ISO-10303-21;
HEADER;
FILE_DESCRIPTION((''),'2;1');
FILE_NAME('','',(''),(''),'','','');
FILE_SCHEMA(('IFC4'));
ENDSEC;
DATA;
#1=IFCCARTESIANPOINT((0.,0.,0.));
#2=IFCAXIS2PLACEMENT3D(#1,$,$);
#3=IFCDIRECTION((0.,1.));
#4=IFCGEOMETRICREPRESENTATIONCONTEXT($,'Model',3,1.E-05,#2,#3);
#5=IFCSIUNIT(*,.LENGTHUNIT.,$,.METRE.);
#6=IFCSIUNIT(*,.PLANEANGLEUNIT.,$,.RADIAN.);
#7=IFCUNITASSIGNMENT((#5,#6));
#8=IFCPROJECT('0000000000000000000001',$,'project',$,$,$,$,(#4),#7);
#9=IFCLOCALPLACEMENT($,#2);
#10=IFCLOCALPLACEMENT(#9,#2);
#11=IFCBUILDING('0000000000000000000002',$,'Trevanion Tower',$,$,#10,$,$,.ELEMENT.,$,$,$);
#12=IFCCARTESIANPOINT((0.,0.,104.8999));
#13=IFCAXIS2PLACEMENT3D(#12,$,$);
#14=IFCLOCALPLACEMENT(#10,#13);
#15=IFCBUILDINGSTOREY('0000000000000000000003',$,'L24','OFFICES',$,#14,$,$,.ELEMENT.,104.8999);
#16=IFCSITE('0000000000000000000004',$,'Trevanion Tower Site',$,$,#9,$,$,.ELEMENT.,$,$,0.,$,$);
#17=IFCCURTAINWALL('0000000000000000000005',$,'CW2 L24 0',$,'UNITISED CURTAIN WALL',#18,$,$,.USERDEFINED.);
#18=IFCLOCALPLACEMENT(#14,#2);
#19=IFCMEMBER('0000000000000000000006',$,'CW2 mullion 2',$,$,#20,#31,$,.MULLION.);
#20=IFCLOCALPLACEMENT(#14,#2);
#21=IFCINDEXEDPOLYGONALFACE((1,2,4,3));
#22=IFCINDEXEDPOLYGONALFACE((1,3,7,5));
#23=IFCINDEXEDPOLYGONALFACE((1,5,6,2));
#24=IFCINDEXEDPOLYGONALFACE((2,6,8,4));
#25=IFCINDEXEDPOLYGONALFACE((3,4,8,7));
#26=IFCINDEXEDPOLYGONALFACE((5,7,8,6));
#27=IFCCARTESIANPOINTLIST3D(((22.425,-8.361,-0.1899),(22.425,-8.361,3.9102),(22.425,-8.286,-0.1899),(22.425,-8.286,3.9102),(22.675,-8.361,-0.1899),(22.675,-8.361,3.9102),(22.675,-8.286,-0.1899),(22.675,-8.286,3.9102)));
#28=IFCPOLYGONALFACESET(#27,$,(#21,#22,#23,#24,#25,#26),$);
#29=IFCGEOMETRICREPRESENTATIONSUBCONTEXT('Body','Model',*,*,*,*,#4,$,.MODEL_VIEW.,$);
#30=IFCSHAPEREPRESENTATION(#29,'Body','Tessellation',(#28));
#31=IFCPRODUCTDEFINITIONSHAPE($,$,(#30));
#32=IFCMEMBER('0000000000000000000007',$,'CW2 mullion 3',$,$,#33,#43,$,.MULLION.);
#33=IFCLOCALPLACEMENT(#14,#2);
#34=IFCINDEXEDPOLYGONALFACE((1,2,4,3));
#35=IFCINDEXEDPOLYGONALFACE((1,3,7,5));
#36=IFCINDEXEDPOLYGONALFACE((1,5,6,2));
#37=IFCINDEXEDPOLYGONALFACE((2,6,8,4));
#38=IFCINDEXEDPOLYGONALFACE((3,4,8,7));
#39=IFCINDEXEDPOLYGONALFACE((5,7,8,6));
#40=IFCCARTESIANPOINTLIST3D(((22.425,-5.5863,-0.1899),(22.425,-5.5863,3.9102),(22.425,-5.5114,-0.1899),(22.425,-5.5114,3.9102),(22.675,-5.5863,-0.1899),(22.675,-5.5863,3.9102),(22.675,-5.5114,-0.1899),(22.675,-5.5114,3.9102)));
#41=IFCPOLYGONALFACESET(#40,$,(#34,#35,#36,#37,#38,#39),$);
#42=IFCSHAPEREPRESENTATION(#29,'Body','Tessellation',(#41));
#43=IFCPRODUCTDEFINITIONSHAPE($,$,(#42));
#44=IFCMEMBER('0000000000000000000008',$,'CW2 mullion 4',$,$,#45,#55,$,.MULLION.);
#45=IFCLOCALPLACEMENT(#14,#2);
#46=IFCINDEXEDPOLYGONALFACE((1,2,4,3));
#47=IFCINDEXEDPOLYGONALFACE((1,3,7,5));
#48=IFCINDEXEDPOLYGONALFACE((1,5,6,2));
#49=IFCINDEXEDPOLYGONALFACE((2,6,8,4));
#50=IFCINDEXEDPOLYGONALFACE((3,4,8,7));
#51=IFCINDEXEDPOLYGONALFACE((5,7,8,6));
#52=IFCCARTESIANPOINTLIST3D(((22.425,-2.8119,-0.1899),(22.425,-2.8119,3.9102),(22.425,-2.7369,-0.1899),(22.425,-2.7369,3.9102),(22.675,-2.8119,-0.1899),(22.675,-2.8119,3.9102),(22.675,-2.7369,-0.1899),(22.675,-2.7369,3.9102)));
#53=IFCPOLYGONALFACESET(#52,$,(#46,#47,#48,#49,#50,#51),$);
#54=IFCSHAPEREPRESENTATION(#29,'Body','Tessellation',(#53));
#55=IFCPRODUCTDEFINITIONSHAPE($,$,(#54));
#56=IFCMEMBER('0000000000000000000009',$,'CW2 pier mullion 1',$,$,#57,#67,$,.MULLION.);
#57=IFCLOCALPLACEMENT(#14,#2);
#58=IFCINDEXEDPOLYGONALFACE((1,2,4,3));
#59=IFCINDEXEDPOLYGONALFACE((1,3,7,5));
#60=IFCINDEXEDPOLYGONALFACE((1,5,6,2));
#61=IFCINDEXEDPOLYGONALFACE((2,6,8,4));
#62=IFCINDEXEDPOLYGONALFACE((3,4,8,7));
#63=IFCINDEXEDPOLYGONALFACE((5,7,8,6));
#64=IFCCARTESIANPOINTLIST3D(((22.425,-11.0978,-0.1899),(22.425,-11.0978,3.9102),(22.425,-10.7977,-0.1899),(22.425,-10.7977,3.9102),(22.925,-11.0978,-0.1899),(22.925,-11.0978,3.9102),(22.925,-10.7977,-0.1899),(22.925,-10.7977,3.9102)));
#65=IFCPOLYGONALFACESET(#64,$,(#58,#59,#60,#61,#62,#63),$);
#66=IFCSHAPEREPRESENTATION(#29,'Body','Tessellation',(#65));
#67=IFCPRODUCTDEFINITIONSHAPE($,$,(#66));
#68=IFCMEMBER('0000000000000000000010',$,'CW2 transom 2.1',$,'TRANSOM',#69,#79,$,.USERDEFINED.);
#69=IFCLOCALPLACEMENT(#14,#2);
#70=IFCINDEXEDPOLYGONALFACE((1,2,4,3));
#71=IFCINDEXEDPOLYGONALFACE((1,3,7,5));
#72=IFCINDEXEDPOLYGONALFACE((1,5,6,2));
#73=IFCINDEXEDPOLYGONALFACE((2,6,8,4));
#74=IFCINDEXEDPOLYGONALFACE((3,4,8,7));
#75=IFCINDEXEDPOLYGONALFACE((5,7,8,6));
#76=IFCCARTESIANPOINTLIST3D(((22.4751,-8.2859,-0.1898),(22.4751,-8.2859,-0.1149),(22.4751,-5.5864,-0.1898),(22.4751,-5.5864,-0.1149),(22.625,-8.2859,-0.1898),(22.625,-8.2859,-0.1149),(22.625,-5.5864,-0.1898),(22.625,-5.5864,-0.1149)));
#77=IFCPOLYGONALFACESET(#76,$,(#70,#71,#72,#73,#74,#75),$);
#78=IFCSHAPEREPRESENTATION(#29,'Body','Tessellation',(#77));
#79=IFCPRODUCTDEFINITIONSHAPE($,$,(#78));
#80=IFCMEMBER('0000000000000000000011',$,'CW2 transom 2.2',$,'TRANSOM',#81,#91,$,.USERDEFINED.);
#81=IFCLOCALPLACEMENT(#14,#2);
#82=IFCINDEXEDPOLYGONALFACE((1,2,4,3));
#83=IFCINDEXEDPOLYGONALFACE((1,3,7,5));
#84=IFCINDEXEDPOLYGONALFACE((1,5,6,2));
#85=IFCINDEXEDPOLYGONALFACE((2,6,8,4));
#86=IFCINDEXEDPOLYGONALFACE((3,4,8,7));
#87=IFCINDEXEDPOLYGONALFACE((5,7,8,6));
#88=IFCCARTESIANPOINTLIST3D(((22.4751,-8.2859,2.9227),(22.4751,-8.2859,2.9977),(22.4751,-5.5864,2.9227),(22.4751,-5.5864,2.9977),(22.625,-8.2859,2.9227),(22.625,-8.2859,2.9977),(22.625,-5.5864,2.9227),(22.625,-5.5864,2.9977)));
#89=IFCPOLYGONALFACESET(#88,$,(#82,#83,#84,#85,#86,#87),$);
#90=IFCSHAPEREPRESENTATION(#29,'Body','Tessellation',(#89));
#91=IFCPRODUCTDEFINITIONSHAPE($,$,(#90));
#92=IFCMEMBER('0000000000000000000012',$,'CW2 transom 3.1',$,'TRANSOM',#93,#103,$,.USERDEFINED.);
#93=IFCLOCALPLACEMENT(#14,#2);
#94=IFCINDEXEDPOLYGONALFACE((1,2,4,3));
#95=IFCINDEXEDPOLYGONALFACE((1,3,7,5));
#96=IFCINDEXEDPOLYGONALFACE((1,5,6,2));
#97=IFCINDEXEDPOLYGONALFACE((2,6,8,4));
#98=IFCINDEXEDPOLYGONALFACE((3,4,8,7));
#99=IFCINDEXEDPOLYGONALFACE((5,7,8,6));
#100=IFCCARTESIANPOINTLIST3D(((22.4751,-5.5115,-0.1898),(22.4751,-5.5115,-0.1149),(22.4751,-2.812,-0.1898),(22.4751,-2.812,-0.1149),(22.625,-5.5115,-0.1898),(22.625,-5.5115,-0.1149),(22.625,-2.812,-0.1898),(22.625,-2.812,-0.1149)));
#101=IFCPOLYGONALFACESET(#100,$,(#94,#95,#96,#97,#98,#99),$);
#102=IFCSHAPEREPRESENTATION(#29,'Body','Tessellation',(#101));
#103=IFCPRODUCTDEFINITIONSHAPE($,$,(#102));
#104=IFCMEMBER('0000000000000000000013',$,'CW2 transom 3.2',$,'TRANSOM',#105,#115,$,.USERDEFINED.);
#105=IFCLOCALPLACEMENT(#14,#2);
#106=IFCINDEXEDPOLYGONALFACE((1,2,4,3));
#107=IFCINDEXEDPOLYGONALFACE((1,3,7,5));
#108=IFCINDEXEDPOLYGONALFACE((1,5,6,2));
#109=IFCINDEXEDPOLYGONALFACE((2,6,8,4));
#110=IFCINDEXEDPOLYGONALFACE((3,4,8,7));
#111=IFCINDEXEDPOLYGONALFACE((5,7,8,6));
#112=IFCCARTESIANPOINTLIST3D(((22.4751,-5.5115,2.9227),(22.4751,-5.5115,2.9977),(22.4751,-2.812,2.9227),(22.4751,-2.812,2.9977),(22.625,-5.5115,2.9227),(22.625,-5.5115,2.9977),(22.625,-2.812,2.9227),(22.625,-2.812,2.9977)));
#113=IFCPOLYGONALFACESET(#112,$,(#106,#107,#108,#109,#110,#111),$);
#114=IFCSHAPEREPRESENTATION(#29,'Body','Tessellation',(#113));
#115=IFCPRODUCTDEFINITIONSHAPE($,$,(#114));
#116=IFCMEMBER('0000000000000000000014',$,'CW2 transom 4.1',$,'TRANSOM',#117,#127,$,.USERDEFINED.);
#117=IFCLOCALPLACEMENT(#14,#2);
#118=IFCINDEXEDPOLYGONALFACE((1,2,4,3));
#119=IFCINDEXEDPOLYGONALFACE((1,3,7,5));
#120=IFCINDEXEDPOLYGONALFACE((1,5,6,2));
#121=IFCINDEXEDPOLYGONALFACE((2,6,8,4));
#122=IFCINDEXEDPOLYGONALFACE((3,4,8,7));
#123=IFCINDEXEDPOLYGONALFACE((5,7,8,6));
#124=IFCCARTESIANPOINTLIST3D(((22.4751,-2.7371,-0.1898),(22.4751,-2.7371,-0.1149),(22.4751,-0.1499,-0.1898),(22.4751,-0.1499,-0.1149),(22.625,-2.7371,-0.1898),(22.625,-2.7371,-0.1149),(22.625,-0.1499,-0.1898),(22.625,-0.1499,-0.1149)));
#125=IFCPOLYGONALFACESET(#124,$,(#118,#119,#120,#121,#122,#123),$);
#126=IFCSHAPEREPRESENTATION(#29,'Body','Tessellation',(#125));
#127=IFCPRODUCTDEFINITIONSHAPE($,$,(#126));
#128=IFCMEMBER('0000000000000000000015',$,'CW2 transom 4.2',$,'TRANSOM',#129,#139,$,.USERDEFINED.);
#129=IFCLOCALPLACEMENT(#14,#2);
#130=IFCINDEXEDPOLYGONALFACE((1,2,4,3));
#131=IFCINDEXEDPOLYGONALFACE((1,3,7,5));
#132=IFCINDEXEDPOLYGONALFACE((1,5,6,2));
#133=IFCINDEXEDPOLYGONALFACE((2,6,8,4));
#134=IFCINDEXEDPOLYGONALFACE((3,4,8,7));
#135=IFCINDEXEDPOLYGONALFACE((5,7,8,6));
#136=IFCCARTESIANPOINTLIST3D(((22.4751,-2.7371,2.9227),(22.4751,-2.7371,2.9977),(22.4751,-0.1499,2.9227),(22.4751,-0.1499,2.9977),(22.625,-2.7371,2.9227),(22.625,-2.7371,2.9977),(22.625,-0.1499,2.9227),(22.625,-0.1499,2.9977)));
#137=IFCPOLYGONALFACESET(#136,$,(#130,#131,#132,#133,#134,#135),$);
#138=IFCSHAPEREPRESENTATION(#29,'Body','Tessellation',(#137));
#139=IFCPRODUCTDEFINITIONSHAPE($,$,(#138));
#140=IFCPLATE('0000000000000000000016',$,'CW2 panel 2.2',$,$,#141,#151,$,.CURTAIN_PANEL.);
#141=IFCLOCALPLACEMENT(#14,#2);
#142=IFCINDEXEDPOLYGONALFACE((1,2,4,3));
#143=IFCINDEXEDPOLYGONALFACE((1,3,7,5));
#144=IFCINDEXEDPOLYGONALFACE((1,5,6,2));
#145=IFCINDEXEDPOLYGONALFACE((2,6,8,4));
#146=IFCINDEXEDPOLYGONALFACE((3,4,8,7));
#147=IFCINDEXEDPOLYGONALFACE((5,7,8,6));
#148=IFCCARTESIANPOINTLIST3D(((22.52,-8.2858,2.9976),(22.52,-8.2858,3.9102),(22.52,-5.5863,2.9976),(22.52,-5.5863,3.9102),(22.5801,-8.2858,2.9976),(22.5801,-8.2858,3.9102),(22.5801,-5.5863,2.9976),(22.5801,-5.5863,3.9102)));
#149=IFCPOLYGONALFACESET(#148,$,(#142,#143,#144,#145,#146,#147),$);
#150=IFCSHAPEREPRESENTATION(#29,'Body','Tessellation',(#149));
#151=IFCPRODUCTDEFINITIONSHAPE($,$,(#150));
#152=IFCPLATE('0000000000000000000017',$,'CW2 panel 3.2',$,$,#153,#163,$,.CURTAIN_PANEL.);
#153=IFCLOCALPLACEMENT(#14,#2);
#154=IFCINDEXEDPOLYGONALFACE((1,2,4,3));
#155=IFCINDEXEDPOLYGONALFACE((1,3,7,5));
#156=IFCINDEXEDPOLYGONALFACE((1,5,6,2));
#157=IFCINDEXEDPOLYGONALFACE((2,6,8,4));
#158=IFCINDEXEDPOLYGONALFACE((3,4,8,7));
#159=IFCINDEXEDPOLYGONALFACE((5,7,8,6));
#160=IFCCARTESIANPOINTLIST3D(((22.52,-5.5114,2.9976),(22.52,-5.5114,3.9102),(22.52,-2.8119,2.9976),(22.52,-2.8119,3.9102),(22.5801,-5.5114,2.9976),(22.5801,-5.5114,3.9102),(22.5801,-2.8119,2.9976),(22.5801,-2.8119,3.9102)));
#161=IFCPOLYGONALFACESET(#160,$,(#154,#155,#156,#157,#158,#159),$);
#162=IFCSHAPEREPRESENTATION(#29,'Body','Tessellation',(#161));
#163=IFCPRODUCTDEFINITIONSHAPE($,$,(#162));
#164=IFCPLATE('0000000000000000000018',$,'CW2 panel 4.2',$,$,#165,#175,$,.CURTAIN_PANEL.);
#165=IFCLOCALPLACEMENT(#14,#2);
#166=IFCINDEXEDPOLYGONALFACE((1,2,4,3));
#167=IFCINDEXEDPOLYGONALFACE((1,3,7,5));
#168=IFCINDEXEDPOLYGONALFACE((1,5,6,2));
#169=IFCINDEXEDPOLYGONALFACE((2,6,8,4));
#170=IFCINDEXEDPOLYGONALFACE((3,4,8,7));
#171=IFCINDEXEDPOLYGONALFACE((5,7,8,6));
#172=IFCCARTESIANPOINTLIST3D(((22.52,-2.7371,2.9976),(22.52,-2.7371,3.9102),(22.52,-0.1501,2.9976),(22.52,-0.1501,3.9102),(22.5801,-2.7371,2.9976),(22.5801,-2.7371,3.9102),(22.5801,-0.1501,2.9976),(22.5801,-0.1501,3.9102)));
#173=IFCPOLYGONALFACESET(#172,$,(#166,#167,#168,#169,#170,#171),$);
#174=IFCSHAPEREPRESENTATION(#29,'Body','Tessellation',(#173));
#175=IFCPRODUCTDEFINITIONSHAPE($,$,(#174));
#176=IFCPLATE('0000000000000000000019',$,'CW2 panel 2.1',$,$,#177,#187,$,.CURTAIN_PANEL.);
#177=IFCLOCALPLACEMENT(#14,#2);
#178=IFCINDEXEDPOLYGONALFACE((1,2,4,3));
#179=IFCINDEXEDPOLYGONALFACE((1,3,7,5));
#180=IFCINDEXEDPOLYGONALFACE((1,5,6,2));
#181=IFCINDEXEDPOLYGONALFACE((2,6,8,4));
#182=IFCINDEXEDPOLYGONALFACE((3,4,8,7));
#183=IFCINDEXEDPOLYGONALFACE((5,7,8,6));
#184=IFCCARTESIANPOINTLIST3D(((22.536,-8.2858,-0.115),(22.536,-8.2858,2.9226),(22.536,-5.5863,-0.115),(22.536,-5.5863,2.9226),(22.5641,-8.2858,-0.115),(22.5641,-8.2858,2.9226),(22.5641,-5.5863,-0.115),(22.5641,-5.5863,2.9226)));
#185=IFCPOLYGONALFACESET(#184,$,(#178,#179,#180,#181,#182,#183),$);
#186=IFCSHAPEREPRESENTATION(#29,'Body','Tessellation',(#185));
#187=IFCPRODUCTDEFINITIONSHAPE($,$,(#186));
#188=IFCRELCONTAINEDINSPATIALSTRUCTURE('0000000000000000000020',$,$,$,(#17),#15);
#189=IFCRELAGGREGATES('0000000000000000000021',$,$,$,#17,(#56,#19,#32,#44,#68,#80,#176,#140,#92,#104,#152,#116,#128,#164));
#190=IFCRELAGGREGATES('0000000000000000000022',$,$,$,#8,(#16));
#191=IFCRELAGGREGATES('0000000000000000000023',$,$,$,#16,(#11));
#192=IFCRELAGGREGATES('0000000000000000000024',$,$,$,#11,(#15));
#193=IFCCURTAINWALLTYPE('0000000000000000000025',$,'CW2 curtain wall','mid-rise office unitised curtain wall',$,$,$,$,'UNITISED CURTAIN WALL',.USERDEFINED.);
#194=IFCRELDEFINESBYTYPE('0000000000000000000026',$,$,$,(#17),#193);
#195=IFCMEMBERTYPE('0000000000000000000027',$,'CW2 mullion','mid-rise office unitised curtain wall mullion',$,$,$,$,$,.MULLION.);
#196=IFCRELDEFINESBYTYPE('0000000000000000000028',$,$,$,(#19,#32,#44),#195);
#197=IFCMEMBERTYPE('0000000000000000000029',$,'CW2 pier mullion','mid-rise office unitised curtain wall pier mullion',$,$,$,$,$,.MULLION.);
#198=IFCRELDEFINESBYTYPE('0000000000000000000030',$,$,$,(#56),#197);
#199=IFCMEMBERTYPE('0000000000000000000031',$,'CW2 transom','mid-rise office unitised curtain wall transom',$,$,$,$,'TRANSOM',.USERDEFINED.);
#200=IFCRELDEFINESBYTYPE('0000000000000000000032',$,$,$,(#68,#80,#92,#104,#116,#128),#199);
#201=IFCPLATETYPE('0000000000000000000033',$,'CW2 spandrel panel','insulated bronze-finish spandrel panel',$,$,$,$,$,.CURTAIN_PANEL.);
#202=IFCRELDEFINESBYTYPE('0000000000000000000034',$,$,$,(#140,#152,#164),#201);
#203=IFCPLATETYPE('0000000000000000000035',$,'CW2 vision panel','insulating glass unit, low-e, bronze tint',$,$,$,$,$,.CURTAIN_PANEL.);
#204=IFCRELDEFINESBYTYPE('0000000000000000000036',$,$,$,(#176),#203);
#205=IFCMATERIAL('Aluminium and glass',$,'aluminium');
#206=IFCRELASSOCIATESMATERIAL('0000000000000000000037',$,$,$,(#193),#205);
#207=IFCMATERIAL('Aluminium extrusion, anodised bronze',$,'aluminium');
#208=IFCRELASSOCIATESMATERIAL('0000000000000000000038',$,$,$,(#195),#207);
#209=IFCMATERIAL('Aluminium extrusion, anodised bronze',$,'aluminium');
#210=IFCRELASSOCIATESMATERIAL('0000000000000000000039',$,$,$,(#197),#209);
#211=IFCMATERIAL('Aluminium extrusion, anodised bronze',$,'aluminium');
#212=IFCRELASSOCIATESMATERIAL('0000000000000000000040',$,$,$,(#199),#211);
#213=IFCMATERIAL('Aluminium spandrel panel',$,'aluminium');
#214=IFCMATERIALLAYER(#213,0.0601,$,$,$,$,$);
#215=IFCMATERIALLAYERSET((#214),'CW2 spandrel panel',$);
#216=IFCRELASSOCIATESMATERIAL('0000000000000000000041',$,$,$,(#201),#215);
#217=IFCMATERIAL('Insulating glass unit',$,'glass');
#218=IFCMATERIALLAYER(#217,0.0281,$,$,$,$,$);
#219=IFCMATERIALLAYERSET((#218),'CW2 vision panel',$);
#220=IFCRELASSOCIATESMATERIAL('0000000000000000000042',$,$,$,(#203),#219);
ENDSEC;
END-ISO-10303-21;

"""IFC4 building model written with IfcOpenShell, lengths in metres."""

from ifc_helpers import new_model, si_unit, direction, frame, origin, origin_2d, place, context, subcontext, project, spatial, rectangle, extrude, material, layer, layer_set, material_profile, profile_set, type_object, element, aggregate, save


model = new_model("IFC4")

# Units and contexts
model_context = context("Model", 3, precision=1e-05, world=origin(), true_north=direction((0.0, 1.0)))
body_context = subcontext(model_context, "Body", "Model", "MODEL_VIEW")
ifc_project = project(units=[si_unit("LENGTHUNIT", "METRE"), si_unit("PLANEANGLEUNIT", "RADIAN")], contexts=[model_context])

# Site, building, storey
site_placement = place(None, origin())
site = spatial("IfcSite", under=ifc_project, at=site_placement, Name="Trevanion Tower Site", CompositionType="ELEMENT", RefElevation=0.0)
building_placement = place(site_placement, origin())
building = spatial("IfcBuilding", under=site, at=building_placement, Name="Trevanion Tower", CompositionType="ELEMENT")
storey_placement = place(building_placement, frame((0.0, 0.0, 104.8999)))
storey = spatial("IfcBuildingStorey", under=building, at=storey_placement, Name="L24", Description="OFFICES", CompositionType="ELEMENT", Elevation=104.8999)

# Curtain wall, members, plates
ifc_material_1 = material(Name="Aluminium and glass", Category="aluminium")
curtain_wall_type = type_object("IfcCurtainWallType", Name="CW2 curtain wall", Description="mid-rise office unitised curtain wall", ElementType="UNITISED CURTAIN WALL", PredefinedType="USERDEFINED", material=ifc_material_1)
curtain_wall_placement = place(storey_placement, origin())
curtain_wall = element("IfcCurtainWall", 1, at=curtain_wall_placement, inside=storey, type_object=curtain_wall_type, Name="CW2 L24 0", ObjectType="UNITISED CURTAIN WALL", PredefinedType="USERDEFINED")
ifc_material_2 = material(Name="Aluminium extrusion, anodised bronze", Category="aluminium")
ifc_material_profile_1 = material_profile(ifc_material_2, rectangle(XDim=0.075, YDim=0.25, at=origin_2d()), Name="CW2 mullion")
ifc_profile_set_1 = profile_set([ifc_material_profile_1], Name="Aluminium extrusion, anodised bronze")
member_type_1 = type_object("IfcMemberType", Name="CW2 mullion", Description="mid-rise office unitised curtain wall mullion", PredefinedType="MULLION", material=ifc_profile_set_1)
member_1_placement = place(storey_placement, frame((22.55, -8.3235, -0.1899), z_axis=(0.0, 0.0, 1.0), x_axis=(0.0, 1.0, 0.0)))
member_1 = element("IfcMember", 2, at=member_1_placement, type_object=member_type_1, Name="CW2 mullion 2", PredefinedType="MULLION", context=body_context, shape_type="SweptSolid", body=[
    extrude(rectangle(XDim=0.075, YDim=0.25, at=origin_2d()), origin(), (0.0, 0.0, 1.0), 4.1001),
])
member_2_placement = place(storey_placement, frame((22.55, -5.5488, -0.1899), z_axis=(0.0, 0.0, 1.0), x_axis=(0.0, 1.0, 0.0)))
member_2 = element("IfcMember", 3, at=member_2_placement, type_object=member_type_1, Name="CW2 mullion 3", PredefinedType="MULLION", context=body_context, shape_type="SweptSolid", body=[
    extrude(rectangle(XDim=0.075, YDim=0.25, at=origin_2d()), origin(), (0.0, 0.0, 1.0), 4.1001),
])
member_3_placement = place(storey_placement, frame((22.55, -2.7744, -0.1899), z_axis=(0.0, 0.0, 1.0), x_axis=(0.0, 1.0, 0.0)))
member_3 = element("IfcMember", 4, at=member_3_placement, type_object=member_type_1, Name="CW2 mullion 4", PredefinedType="MULLION", context=body_context, shape_type="SweptSolid", body=[
    extrude(rectangle(XDim=0.075, YDim=0.25, at=origin_2d()), origin(), (0.0, 0.0, 1.0), 4.1001),
])
ifc_material_3 = material(Name="Aluminium extrusion, anodised bronze", Category="aluminium")
ifc_material_profile_2 = material_profile(ifc_material_3, rectangle(XDim=0.3, YDim=0.5, at=origin_2d()), Name="CW2 pier mullion")
ifc_profile_set_2 = profile_set([ifc_material_profile_2], Name="Aluminium extrusion, anodised bronze")
member_type_2 = type_object("IfcMemberType", Name="CW2 pier mullion", Description="mid-rise office unitised curtain wall pier mullion", PredefinedType="MULLION", material=ifc_profile_set_2)
member_4_placement = place(storey_placement, frame((22.675, -10.9478, -0.1899), z_axis=(0.0, 0.0, 1.0), x_axis=(0.0, 1.0, 0.0)))
member_4 = element("IfcMember", 5, at=member_4_placement, type_object=member_type_2, Name="CW2 pier mullion 1", PredefinedType="MULLION", context=body_context, shape_type="SweptSolid", body=[
    extrude(rectangle(XDim=0.3, YDim=0.5, at=origin_2d()), origin(), (0.0, 0.0, 1.0), 4.1001),
])
ifc_material_4 = material(Name="Aluminium extrusion, anodised bronze", Category="aluminium")
ifc_material_profile_3 = material_profile(ifc_material_4, rectangle(XDim=0.1499, YDim=0.075, at=origin_2d()), Name="CW2 transom")
ifc_profile_set_3 = profile_set([ifc_material_profile_3], Name="Aluminium extrusion, anodised bronze")
member_type_3 = type_object("IfcMemberType", Name="CW2 transom", Description="mid-rise office unitised curtain wall transom", ElementType="TRANSOM", PredefinedType="USERDEFINED", material=ifc_profile_set_3)
member_5_placement = place(storey_placement, frame((22.55, -8.2859, -0.1523), z_axis=(0.0, 1.0, 0.0), x_axis=(-1.0, 0.0, 0.0)))
member_5 = element("IfcMember", 6, at=member_5_placement, type_object=member_type_3, Name="CW2 transom 2.1", ObjectType="TRANSOM", PredefinedType="USERDEFINED", context=body_context, shape_type="SweptSolid", body=[
    extrude(rectangle(XDim=0.1499, YDim=0.075, at=origin_2d()), origin(), (0.0, 0.0, 1.0), 2.6995),
])
member_6_placement = place(storey_placement, frame((22.55, -8.2859, 2.9602), z_axis=(0.0, 1.0, 0.0), x_axis=(-1.0, 0.0, 0.0)))
member_6 = element("IfcMember", 7, at=member_6_placement, type_object=member_type_3, Name="CW2 transom 2.2", ObjectType="TRANSOM", PredefinedType="USERDEFINED", context=body_context, shape_type="SweptSolid", body=[
    extrude(rectangle(XDim=0.1499, YDim=0.075, at=origin_2d()), origin(), (0.0, 0.0, 1.0), 2.6995),
])
member_7_placement = place(storey_placement, frame((22.55, -5.5115, -0.1523), z_axis=(0.0, 1.0, 0.0), x_axis=(-1.0, 0.0, 0.0)))
member_7 = element("IfcMember", 8, at=member_7_placement, type_object=member_type_3, Name="CW2 transom 3.1", ObjectType="TRANSOM", PredefinedType="USERDEFINED", context=body_context, shape_type="SweptSolid", body=[
    extrude(rectangle(XDim=0.1499, YDim=0.075, at=origin_2d()), origin(), (0.0, 0.0, 1.0), 2.6995),
])
member_8_placement = place(storey_placement, frame((22.55, -5.5115, 2.9602), z_axis=(0.0, 1.0, 0.0), x_axis=(-1.0, 0.0, 0.0)))
member_8 = element("IfcMember", 9, at=member_8_placement, type_object=member_type_3, Name="CW2 transom 3.2", ObjectType="TRANSOM", PredefinedType="USERDEFINED", context=body_context, shape_type="SweptSolid", body=[
    extrude(rectangle(XDim=0.1499, YDim=0.075, at=origin_2d()), origin(), (0.0, 0.0, 1.0), 2.6995),
])
member_9_placement = place(storey_placement, frame((22.55, -2.7371, -0.1523), z_axis=(0.0, 1.0, 0.0), x_axis=(-1.0, 0.0, 0.0)))
member_9 = element("IfcMember", 10, at=member_9_placement, type_object=member_type_3, Name="CW2 transom 4.1", ObjectType="TRANSOM", PredefinedType="USERDEFINED", context=body_context, shape_type="SweptSolid", body=[
    extrude(rectangle(XDim=0.1499, YDim=0.075, at=origin_2d()), origin(), (0.0, 0.0, 1.0), 2.5872),
])
member_10_placement = place(storey_placement, frame((22.55, -2.7371, 2.9602), z_axis=(0.0, 1.0, 0.0), x_axis=(-1.0, 0.0, 0.0)))
member_10 = element("IfcMember", 11, at=member_10_placement, type_object=member_type_3, Name="CW2 transom 4.2", ObjectType="TRANSOM", PredefinedType="USERDEFINED", context=body_context, shape_type="SweptSolid", body=[
    extrude(rectangle(XDim=0.1499, YDim=0.075, at=origin_2d()), origin(), (0.0, 0.0, 1.0), 2.5872),
])
ifc_material_5 = material(Name="Aluminium spandrel panel", Category="aluminium")
ifc_layer_1 = layer(ifc_material_5, 0.0601)
ifc_layer_set_1 = layer_set([ifc_layer_1], Name="CW2 spandrel panel")
plate_type_1 = type_object("IfcPlateType", Name="CW2 spandrel panel", Description="insulated bronze-finish spandrel panel", PredefinedType="CURTAIN_PANEL", material=ifc_layer_set_1)
plate_1_placement = place(storey_placement, frame((22.55, -6.936, 2.9976), z_axis=(0.0, 0.0, 1.0), x_axis=(0.0, 1.0, 0.0)))
plate_1 = element("IfcPlate", 12, at=plate_1_placement, type_object=plate_type_1, Name="CW2 panel 2.2", PredefinedType="CURTAIN_PANEL", context=body_context, shape_type="SweptSolid", body=[
    extrude(rectangle(XDim=2.6995, YDim=0.0601, at=origin_2d()), origin(), (0.0, 0.0, 1.0), 0.9126),
])
plate_2_placement = place(storey_placement, frame((22.55, -4.1616, 2.9976), z_axis=(0.0, 0.0, 1.0), x_axis=(0.0, 1.0, 0.0)))
plate_2 = element("IfcPlate", 13, at=plate_2_placement, type_object=plate_type_1, Name="CW2 panel 3.2", PredefinedType="CURTAIN_PANEL", context=body_context, shape_type="SweptSolid", body=[
    extrude(rectangle(XDim=2.6995, YDim=0.0601, at=origin_2d()), origin(), (0.0, 0.0, 1.0), 0.9126),
])
plate_3_placement = place(storey_placement, frame((22.55, -1.4436, 2.9976), z_axis=(0.0, 0.0, 1.0), x_axis=(0.0, 1.0, 0.0)))
plate_3 = element("IfcPlate", 14, at=plate_3_placement, type_object=plate_type_1, Name="CW2 panel 4.2", PredefinedType="CURTAIN_PANEL", context=body_context, shape_type="SweptSolid", body=[
    extrude(rectangle(XDim=2.5869, YDim=0.0601, at=origin_2d()), origin(), (0.0, 0.0, 1.0), 0.9126),
])
ifc_material_6 = material(Name="Insulating glass unit", Category="glass")
ifc_layer_2 = layer(ifc_material_6, 0.0281)
ifc_layer_set_2 = layer_set([ifc_layer_2], Name="CW2 vision panel")
plate_type_2 = type_object("IfcPlateType", Name="CW2 vision panel", Description="insulating glass unit, low-e, bronze tint", PredefinedType="CURTAIN_PANEL", material=ifc_layer_set_2)
plate_4_placement = place(storey_placement, frame((22.55, -6.936, -0.115), z_axis=(0.0, 0.0, 1.0), x_axis=(0.0, 1.0, 0.0)))
plate_4 = element("IfcPlate", 15, at=plate_4_placement, type_object=plate_type_2, Name="CW2 panel 2.1", PredefinedType="CURTAIN_PANEL", context=body_context, shape_type="SweptSolid", body=[
    extrude(rectangle(XDim=2.6995, YDim=0.0281, at=origin_2d()), origin(), (0.0, 0.0, 1.0), 3.0376),
])
aggregate(curtain_wall, [member_4, member_1, member_2, member_3, member_5, member_6, plate_4, plate_1, member_7, member_8, plate_2, member_9, member_10, plate_3])

save(model, "model.ifc")
